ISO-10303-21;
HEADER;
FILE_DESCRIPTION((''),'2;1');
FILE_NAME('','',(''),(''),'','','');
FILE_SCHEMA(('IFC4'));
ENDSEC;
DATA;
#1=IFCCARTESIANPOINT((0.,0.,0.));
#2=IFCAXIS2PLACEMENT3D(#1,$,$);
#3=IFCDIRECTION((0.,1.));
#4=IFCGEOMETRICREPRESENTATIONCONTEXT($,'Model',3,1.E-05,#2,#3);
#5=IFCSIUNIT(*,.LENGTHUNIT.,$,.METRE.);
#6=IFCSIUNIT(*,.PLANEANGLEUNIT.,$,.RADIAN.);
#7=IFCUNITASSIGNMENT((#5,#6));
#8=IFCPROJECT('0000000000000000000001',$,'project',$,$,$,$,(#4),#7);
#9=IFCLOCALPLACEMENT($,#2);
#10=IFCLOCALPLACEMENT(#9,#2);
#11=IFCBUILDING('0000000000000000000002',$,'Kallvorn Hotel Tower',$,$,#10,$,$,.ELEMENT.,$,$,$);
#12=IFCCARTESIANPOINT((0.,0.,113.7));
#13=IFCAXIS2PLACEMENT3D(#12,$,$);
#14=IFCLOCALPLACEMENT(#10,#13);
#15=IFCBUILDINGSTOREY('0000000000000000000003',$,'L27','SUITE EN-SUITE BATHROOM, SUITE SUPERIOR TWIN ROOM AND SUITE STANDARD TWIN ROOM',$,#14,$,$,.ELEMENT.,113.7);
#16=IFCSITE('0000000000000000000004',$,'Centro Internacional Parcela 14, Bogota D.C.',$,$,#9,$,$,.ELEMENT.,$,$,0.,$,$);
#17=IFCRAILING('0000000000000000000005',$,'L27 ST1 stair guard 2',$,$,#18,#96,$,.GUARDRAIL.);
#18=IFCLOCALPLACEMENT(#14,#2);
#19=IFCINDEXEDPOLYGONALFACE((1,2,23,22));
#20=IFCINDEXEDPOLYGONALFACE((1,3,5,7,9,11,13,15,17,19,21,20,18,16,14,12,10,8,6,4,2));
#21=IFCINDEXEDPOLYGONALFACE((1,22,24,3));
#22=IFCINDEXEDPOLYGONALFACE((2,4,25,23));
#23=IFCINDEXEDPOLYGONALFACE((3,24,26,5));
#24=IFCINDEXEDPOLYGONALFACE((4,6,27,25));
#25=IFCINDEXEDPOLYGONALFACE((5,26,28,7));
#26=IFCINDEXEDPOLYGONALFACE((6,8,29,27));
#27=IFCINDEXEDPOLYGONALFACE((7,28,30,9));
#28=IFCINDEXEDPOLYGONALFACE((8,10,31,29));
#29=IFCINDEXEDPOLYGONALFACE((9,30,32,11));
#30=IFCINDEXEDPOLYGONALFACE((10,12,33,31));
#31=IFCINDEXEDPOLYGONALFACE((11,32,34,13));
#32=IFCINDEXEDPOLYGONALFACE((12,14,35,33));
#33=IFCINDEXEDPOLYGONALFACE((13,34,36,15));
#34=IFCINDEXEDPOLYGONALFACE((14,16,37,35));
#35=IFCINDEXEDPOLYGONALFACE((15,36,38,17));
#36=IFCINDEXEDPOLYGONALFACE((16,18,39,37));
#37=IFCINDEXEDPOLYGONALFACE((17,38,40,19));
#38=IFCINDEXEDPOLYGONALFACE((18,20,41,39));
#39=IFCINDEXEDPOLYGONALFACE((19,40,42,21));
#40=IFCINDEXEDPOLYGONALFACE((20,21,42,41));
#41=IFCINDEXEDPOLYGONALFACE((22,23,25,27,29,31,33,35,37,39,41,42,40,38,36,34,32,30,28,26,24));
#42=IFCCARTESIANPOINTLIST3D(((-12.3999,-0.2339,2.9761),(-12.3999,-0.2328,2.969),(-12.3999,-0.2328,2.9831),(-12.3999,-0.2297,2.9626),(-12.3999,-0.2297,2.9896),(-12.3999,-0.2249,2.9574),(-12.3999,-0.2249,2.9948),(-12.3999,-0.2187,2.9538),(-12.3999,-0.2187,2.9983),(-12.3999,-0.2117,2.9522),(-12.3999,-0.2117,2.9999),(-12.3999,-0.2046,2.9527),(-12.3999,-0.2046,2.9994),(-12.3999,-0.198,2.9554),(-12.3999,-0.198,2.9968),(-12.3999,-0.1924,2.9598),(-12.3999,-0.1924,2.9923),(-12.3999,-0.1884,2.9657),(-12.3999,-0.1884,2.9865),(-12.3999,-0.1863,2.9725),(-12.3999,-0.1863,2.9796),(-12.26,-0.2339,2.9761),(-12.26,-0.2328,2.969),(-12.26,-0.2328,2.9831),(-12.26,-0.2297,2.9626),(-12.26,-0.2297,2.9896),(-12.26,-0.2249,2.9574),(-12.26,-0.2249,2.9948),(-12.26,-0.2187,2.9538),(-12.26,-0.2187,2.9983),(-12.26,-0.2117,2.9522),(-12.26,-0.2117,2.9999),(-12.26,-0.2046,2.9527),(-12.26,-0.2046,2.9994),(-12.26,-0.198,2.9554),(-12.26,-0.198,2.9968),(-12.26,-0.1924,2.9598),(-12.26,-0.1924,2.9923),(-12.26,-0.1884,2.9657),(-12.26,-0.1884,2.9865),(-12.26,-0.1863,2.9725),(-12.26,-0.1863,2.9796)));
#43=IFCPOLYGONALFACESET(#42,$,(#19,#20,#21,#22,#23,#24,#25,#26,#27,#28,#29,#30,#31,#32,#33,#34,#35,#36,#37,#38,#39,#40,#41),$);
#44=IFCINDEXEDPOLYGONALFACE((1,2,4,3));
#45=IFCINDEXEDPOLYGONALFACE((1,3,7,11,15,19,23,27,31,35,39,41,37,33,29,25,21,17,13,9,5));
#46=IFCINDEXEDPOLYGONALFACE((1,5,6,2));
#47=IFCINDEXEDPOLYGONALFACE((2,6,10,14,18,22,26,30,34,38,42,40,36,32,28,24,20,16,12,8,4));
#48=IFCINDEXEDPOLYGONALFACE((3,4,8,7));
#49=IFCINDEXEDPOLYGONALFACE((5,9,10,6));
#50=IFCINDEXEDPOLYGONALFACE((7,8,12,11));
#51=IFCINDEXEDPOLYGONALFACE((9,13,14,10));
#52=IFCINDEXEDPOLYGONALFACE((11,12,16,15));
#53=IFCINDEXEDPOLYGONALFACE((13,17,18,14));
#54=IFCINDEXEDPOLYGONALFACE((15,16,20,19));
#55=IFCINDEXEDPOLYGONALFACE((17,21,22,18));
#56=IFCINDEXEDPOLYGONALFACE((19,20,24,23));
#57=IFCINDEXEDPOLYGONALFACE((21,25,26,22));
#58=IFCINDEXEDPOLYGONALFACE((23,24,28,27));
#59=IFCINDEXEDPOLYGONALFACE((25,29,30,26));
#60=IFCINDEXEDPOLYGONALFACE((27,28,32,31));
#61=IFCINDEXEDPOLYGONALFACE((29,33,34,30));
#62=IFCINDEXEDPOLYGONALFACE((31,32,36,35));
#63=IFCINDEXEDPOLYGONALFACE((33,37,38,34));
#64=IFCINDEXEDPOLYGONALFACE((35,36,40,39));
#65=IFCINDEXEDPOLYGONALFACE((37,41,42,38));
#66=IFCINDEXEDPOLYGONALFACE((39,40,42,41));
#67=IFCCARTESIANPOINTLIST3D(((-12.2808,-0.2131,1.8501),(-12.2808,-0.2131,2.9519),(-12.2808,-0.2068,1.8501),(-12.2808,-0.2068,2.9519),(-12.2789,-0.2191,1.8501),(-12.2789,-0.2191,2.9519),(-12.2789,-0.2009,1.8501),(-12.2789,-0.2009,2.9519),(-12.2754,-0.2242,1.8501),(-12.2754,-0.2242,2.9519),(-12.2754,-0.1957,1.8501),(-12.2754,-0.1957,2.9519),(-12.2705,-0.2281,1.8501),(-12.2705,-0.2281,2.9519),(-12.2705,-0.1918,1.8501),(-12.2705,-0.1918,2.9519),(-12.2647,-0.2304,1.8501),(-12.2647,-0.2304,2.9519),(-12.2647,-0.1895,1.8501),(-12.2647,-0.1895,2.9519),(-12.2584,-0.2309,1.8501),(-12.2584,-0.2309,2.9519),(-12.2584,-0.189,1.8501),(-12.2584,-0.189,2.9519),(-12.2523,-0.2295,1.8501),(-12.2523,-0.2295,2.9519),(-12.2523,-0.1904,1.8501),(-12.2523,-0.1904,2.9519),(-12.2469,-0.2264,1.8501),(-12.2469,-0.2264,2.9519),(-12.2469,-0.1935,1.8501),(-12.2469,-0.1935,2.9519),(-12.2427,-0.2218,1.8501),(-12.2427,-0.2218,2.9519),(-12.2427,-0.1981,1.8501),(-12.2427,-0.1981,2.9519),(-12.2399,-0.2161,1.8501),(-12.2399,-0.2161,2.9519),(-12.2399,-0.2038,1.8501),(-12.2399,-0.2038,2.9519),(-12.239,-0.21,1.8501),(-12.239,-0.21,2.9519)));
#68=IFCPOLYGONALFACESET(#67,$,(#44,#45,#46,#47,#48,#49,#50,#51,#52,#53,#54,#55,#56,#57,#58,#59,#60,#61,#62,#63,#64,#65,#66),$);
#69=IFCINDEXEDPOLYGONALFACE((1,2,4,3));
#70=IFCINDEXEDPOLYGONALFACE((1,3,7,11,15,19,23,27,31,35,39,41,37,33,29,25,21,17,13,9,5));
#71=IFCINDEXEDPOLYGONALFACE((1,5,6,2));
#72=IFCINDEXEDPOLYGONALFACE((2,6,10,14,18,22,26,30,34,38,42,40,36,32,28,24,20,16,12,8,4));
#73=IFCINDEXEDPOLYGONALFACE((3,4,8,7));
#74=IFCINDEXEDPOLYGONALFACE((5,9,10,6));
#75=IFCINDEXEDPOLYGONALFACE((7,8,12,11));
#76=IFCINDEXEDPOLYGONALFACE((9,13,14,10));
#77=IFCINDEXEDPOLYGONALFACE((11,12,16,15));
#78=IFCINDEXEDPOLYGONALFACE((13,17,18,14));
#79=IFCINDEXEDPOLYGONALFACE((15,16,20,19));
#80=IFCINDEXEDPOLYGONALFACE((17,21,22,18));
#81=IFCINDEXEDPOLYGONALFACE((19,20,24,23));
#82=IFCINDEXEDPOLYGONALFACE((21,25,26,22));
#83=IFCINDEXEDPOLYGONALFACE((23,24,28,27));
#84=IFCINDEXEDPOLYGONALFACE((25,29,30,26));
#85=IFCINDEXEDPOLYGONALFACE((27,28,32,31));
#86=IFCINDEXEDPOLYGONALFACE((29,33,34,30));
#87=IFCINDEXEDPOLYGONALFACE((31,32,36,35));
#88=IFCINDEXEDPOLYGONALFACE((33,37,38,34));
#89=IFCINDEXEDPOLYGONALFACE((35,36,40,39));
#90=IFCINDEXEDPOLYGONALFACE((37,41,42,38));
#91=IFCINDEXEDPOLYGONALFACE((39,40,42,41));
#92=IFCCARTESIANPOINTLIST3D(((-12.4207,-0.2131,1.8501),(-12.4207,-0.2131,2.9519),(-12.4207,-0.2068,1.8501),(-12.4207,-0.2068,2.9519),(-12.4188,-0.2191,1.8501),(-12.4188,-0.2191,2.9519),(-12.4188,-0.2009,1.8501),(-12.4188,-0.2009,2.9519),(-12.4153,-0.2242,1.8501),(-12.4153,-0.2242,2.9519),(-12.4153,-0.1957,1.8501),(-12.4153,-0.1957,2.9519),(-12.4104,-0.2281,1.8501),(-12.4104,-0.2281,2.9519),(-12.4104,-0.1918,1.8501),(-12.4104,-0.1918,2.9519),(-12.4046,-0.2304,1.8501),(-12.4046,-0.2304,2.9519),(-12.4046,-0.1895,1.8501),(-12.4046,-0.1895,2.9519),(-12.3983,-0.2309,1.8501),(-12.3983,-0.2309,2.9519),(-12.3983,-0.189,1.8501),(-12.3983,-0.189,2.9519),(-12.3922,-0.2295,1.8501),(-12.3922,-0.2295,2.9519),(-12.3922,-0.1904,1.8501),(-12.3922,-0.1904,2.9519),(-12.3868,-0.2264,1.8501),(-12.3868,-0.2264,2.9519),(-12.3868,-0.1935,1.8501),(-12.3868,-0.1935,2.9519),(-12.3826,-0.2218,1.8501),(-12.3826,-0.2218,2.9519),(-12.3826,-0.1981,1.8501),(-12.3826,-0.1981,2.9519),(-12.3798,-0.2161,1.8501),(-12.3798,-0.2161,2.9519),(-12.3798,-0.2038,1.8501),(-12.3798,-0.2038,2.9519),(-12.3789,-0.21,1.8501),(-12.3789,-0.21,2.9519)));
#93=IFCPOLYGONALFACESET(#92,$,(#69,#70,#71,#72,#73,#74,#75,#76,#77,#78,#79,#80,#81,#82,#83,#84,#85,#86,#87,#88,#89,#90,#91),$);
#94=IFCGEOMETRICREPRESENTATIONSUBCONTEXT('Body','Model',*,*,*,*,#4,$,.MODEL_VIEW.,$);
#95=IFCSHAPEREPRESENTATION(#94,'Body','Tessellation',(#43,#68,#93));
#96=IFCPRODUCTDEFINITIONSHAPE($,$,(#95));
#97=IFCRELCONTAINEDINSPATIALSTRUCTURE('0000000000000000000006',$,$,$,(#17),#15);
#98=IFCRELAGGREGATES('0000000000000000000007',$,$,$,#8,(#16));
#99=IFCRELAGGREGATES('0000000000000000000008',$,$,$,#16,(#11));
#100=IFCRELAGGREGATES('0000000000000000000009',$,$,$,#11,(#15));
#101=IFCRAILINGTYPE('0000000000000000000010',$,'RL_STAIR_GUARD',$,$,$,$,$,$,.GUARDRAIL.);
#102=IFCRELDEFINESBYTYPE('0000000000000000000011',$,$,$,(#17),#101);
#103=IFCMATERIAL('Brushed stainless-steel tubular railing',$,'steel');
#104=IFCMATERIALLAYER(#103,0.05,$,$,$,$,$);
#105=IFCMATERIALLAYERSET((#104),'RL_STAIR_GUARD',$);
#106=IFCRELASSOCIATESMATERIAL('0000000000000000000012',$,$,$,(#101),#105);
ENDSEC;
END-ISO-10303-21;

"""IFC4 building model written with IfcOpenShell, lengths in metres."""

from ifc_helpers import new_model, si_unit, direction, frame, origin, origin_2d, place, context, subcontext, project, spatial, circle, extrude, material, layer, layer_set, type_object, element, save


model = new_model("IFC4")

# Units and contexts
model_context = context("Model", 3, precision=1e-05, world=origin(), true_north=direction((0.0, 1.0)))
body_context = subcontext(model_context, "Body", "Model", "MODEL_VIEW")
ifc_project = project(units=[si_unit("LENGTHUNIT", "METRE"), si_unit("PLANEANGLEUNIT", "RADIAN")], contexts=[model_context])

# Site, building, storey
site_placement = place(None, origin())
site = spatial("IfcSite", under=ifc_project, at=site_placement, Name="Centro Internacional Parcela 14, Bogota D.C.", CompositionType="ELEMENT", RefElevation=0.0)
building_placement = place(site_placement, origin())
building = spatial("IfcBuilding", under=site, at=building_placement, Name="Kallvorn Hotel Tower", CompositionType="ELEMENT")
storey_placement = place(building_placement, frame((0.0, 0.0, 113.7)))
storey = spatial("IfcBuildingStorey", under=building, at=storey_placement, Name="L27", Description="SUITE EN-SUITE BATHROOM, SUITE SUPERIOR TWIN ROOM AND SUITE STANDARD TWIN ROOM", CompositionType="ELEMENT", Elevation=113.7)

# Railing
ifc_material_1 = material(Name="Brushed stainless-steel tubular railing", Category="steel")
ifc_layer_1 = layer(ifc_material_1, 0.05)
ifc_layer_set_1 = layer_set([ifc_layer_1], Name="RL_STAIR_GUARD")
railing_type_1 = type_object("IfcRailingType", Name="RL_STAIR_GUARD", PredefinedType="GUARDRAIL", material=ifc_layer_set_1)
railing_1_placement = place(storey_placement, frame((-12.26, -0.21, 1.8501)))
element("IfcRailing", 1, at=railing_1_placement, inside=storey, type_object=railing_type_1, Name="L27 ST1 stair guard 2", PredefinedType="GUARDRAIL", context=body_context, shape_type="SweptSolid", body=[
    extrude(circle(Radius=0.0239, at=origin_2d()), frame((0.0, 0.0, 1.126), z_axis=(-1.0, 0.0, 0.0), x_axis=(0.0, -1.0, 0.0)), (0.0, 0.0, 1.0), 0.1399),
    extrude(circle(Radius=0.021, at=origin_2d()), origin(), (0.0, 0.0, 1.0), 1.1018),
    extrude(circle(Radius=0.021, at=origin_2d()), frame((-0.1399, 0.0, 0.0)), (0.0, 0.0, 1.0), 1.1018),
])

save(model, "model.ifc")
